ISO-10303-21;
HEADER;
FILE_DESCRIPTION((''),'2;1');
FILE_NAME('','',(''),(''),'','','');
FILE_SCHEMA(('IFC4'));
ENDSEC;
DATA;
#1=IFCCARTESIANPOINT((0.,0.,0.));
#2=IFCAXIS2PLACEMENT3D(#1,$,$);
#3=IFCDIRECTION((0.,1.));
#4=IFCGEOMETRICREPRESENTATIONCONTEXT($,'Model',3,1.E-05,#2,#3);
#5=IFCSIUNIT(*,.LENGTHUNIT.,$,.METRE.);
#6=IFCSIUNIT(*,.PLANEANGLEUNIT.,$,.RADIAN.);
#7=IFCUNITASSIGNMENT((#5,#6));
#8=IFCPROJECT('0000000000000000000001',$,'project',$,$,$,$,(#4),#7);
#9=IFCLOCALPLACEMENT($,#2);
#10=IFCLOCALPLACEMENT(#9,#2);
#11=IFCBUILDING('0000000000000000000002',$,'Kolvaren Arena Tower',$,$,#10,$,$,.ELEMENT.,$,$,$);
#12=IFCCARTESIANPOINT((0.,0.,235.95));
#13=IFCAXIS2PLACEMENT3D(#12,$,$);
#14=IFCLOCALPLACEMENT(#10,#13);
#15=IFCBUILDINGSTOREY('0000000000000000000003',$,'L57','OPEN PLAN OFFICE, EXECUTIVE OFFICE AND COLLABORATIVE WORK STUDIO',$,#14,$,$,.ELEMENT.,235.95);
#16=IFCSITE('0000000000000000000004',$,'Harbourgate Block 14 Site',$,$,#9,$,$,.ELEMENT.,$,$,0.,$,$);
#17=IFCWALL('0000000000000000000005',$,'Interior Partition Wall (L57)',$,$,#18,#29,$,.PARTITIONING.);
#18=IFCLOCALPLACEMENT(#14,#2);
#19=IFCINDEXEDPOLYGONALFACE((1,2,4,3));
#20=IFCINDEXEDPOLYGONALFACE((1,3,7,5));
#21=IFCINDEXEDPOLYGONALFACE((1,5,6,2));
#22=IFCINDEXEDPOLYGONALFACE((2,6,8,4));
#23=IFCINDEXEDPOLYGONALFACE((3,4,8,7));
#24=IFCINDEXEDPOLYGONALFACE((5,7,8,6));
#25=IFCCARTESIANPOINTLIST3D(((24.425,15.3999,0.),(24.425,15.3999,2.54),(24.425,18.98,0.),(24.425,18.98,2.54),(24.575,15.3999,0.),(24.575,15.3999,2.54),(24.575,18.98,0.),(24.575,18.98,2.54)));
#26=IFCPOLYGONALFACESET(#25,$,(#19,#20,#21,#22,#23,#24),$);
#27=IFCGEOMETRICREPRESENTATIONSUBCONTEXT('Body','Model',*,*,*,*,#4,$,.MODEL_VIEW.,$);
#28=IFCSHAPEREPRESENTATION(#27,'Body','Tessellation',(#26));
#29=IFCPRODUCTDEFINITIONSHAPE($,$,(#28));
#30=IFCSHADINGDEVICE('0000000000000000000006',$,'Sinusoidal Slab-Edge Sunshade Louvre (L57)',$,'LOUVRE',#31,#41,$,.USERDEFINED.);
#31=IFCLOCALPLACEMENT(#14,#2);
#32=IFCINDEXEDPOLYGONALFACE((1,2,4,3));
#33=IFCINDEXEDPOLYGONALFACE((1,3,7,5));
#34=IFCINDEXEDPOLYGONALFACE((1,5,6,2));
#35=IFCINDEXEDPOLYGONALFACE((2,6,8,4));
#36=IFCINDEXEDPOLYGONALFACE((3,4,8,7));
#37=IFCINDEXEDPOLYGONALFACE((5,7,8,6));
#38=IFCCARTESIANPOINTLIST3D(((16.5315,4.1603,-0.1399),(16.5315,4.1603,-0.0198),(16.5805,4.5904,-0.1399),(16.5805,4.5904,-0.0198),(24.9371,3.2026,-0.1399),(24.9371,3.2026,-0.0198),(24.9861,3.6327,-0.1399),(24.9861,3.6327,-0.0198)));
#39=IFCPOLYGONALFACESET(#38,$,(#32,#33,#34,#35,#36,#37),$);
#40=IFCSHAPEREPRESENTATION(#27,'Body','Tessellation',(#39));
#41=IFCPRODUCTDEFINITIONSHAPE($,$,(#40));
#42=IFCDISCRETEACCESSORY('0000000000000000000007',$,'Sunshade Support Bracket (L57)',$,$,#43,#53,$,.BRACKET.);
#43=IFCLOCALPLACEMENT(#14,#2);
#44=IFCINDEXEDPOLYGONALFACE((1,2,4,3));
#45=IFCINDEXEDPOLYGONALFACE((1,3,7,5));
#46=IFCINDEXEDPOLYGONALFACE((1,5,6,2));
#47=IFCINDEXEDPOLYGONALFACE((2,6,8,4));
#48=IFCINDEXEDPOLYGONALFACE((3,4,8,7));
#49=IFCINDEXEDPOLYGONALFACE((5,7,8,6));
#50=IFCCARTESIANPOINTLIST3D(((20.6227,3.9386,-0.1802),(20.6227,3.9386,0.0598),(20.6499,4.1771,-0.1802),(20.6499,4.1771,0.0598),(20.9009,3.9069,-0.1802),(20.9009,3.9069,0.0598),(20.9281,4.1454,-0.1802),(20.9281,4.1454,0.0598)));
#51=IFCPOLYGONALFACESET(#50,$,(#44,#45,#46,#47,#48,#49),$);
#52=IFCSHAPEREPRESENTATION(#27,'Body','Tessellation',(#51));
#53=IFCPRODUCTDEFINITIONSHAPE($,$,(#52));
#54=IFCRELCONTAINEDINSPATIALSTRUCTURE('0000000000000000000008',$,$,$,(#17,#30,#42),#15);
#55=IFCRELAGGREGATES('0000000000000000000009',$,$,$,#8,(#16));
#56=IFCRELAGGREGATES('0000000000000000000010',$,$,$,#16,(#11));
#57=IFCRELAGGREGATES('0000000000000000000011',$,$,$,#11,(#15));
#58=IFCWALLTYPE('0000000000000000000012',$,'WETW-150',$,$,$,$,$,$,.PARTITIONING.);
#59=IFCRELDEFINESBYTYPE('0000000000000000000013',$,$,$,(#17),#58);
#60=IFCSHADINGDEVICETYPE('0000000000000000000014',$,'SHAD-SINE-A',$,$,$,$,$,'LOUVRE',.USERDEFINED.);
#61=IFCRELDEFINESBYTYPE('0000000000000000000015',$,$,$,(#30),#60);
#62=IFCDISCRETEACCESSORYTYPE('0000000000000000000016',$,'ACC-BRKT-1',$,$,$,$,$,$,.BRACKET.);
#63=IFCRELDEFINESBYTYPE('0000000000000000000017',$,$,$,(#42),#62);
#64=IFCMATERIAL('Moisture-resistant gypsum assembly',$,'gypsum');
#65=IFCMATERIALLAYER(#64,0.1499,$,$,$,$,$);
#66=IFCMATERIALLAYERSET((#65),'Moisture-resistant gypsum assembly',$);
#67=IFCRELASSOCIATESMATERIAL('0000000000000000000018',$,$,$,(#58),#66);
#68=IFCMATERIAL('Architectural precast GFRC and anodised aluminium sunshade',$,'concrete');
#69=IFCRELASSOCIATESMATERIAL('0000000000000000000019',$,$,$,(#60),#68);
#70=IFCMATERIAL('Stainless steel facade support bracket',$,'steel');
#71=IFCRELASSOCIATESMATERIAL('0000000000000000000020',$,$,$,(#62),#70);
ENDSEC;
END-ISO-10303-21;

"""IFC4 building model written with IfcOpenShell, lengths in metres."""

from ifc_helpers import new_model, si_unit, direction, frame, frame_2d, origin, origin_2d, place, context, subcontext, project, spatial, rectangle, extrude, material, layer, layer_set, type_object, element, save


model = new_model("IFC4")

# Units and contexts
model_context = context("Model", 3, precision=1e-05, world=origin(), true_north=direction((0.0, 1.0)))
body_context = subcontext(model_context, "Body", "Model", "MODEL_VIEW")
ifc_project = project(units=[si_unit("LENGTHUNIT", "METRE"), si_unit("PLANEANGLEUNIT", "RADIAN")], contexts=[model_context])

# Site, building, storey
site_placement = place(None, origin())
site = spatial("IfcSite", under=ifc_project, at=site_placement, Name="Harbourgate Block 14 Site", CompositionType="ELEMENT", RefElevation=0.0)
building_placement = place(site_placement, origin())
building = spatial("IfcBuilding", under=site, at=building_placement, Name="Kolvaren Arena Tower", CompositionType="ELEMENT")
storey_placement = place(building_placement, frame((0.0, 0.0, 235.95)))
storey = spatial("IfcBuildingStorey", under=building, at=storey_placement, Name="L57", Description="OPEN PLAN OFFICE, EXECUTIVE OFFICE AND COLLABORATIVE WORK STUDIO", CompositionType="ELEMENT", Elevation=235.95)

# Wall
ifc_material_1 = material(Name="Moisture-resistant gypsum assembly", Category="gypsum")
ifc_layer_1 = layer(ifc_material_1, 0.1499)
ifc_layer_set_1 = layer_set([ifc_layer_1], Name="Moisture-resistant gypsum assembly")
wall_type_1 = type_object("IfcWallType", Name="WETW-150", PredefinedType="PARTITIONING", material=ifc_layer_set_1)
for number, where, z_axis, x_axis, name in (
    (1, (24.5, 15.3999, 0.0), (0.0, 0.0, 1.0), (0.0, 1.0, 0.0), "Interior Partition Wall (L57)"),
):
    element("IfcWall", number, at=place(storey_placement, frame(where, z_axis=z_axis, x_axis=x_axis)), inside=storey, type_object=wall_type_1, Name=name, PredefinedType="PARTITIONING", context=body_context, shape_type="SweptSolid", body=[
        extrude(rectangle(XDim=3.5801, YDim=0.1499, at=frame_2d((1.79, 0.0))), origin(), (0.0, 0.0, 1.0), 2.54),
    ])

# Shading device
ifc_material_2 = material(Name="Architectural precast GFRC and anodised aluminium sunshade", Category="concrete")
shading_device_type = type_object("IfcShadingDeviceType", Name="SHAD-SINE-A", ElementType="LOUVRE", PredefinedType="USERDEFINED", material=ifc_material_2)
shading_device_placement = place(storey_placement, frame((20.7588, 3.8965, -0.1399), z_axis=(0.0, 0.0, 1.0), x_axis=(-0.993572, 0.113205, 0.0)))
element("IfcShadingDevice", 2, at=shading_device_placement, inside=storey, type_object=shading_device_type, Name="Sinusoidal Slab-Edge Sunshade Louvre (L57)", ObjectType="LOUVRE", PredefinedType="USERDEFINED", context=body_context, shape_type="SweptSolid", body=[
    extrude(rectangle(XDim=8.46, YDim=0.4329, at=origin_2d()), origin(), (0.0, 0.0, 1.0), 0.1201),
])

# Discrete accessory
ifc_material_3 = material(Name="Stainless steel facade support bracket", Category="steel")
discrete_accessory_type = type_object("IfcDiscreteAccessoryType", Name="ACC-BRKT-1", PredefinedType="BRACKET", material=ifc_material_3)
discrete_accessory_placement = place(storey_placement, frame((20.7754, 4.042, -0.1802), z_axis=(0.0, 0.0, 1.0), x_axis=(-0.993572, 0.113205, 0.0)))
element("IfcDiscreteAccessory", 3, at=discrete_accessory_placement, inside=storey, type_object=discrete_accessory_type, Name="Sunshade Support Bracket (L57)", PredefinedType="BRACKET", context=body_context, shape_type="SweptSolid", body=[
    extrude(rectangle(XDim=0.28, YDim=0.24, at=origin_2d()), origin(), (0.0, 0.0, 1.0), 0.24),
])

save(model, "model.ifc")
